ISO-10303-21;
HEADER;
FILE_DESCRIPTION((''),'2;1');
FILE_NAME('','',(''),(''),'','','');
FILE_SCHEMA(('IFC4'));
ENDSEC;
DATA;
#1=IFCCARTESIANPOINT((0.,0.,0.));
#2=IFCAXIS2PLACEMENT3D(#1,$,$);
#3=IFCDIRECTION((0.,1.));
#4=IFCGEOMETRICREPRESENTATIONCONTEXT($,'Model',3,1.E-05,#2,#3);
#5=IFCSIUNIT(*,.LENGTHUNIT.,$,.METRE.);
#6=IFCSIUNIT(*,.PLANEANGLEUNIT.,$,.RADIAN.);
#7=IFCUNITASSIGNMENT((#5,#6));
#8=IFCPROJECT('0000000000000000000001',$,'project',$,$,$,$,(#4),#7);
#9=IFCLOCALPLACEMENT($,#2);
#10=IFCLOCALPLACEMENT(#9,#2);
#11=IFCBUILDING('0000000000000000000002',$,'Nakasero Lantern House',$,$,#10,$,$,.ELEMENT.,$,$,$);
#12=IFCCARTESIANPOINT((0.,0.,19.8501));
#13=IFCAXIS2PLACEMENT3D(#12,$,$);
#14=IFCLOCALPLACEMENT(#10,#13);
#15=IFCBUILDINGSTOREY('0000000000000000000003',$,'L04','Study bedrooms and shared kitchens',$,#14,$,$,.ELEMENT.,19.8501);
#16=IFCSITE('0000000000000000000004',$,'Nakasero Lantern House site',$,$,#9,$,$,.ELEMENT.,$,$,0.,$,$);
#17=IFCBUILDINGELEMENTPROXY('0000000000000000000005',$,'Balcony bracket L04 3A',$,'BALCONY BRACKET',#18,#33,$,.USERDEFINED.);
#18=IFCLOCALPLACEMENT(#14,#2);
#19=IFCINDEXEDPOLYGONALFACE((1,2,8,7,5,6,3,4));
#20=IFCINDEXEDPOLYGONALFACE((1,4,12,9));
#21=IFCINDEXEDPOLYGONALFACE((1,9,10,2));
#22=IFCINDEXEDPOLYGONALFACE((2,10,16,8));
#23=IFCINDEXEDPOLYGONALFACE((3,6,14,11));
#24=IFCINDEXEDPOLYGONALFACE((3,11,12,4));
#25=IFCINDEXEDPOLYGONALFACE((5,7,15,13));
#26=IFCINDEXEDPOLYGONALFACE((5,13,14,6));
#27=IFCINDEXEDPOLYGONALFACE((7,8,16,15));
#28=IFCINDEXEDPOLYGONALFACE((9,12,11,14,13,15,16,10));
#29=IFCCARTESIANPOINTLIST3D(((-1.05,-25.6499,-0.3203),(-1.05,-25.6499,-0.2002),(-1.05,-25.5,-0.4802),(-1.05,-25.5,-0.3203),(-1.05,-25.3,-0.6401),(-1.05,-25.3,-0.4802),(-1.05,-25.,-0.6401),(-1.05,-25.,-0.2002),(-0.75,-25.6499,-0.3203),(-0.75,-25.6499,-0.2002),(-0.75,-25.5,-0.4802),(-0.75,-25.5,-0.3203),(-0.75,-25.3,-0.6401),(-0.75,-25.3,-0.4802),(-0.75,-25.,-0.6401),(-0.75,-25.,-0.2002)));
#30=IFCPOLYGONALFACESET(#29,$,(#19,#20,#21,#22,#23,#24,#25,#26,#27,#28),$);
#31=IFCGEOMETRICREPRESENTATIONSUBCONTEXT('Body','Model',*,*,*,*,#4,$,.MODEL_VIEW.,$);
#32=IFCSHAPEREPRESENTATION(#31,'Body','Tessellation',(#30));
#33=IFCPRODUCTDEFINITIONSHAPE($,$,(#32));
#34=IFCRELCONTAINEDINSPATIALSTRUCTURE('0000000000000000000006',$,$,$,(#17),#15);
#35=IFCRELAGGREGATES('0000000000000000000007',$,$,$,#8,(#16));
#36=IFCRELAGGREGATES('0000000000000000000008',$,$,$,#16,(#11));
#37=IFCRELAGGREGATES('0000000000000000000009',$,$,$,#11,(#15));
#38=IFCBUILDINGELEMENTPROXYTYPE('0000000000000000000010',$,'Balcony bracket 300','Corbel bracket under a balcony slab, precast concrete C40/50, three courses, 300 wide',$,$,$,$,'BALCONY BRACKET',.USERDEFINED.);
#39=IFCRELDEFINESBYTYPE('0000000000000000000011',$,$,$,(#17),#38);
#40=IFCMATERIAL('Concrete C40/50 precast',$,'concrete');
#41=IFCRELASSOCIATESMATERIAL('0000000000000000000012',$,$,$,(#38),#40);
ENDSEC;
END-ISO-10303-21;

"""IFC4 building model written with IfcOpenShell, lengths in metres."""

from ifc_helpers import new_model, si_unit, direction, frame, origin, place, context, subcontext, project, spatial, polyline, outline, extrude, material, type_object, element, save


model = new_model("IFC4")

# Units and contexts
model_context = context("Model", 3, precision=1e-05, world=origin(), true_north=direction((0.0, 1.0)))
body_context = subcontext(model_context, "Body", "Model", "MODEL_VIEW")
ifc_project = project(units=[si_unit("LENGTHUNIT", "METRE"), si_unit("PLANEANGLEUNIT", "RADIAN")], contexts=[model_context])

# Site, building, storey
site_placement = place(None, origin())
site = spatial("IfcSite", under=ifc_project, at=site_placement, Name="Nakasero Lantern House site", CompositionType="ELEMENT", RefElevation=0.0)
building_placement = place(site_placement, origin())
building = spatial("IfcBuilding", under=site, at=building_placement, Name="Nakasero Lantern House", CompositionType="ELEMENT")
storey_placement = place(building_placement, frame((0.0, 0.0, 19.8501)))
storey = spatial("IfcBuildingStorey", under=building, at=storey_placement, Name="L04", Description="Study bedrooms and shared kitchens", CompositionType="ELEMENT", Elevation=19.8501)

# Building element proxy
ifc_material_1 = material(Name="Concrete C40/50 precast", Category="concrete")
building_element_proxy_type = type_object("IfcBuildingElementProxyType", Name="Balcony bracket 300", Description="Corbel bracket under a balcony slab, precast concrete C40/50, three courses, 300 wide", ElementType="BALCONY BRACKET", PredefinedType="USERDEFINED", material=ifc_material_1)
proxy_placement = place(storey_placement, frame((-0.8999, -25.0, -0.2002), z_axis=(0.0, 0.0, 1.0), x_axis=(0.0, -1.0, 0.0)))
element("IfcBuildingElementProxy", 1, at=proxy_placement, inside=storey, type_object=building_element_proxy_type, Name="Balcony bracket L04 3A", ObjectType="BALCONY BRACKET", PredefinedType="USERDEFINED", context=body_context, shape_type="SweptSolid", body=[
    extrude(outline(polyline([(0.0, 0.0), (0.6499, 0.0), (0.6499, -0.1201), (0.5, -0.1201), (0.5, -0.28), (0.3, -0.28), (0.3, -0.4399), (0.0, -0.4399), (0.0, 0.0)])), frame((0.0, 0.1499, 0.0), z_axis=(0.0, -1.0, 0.0), x_axis=(1.0, 0.0, 0.0)), (0.0, 0.0, 1.0), 0.3),
])

save(model, "model.ifc")
